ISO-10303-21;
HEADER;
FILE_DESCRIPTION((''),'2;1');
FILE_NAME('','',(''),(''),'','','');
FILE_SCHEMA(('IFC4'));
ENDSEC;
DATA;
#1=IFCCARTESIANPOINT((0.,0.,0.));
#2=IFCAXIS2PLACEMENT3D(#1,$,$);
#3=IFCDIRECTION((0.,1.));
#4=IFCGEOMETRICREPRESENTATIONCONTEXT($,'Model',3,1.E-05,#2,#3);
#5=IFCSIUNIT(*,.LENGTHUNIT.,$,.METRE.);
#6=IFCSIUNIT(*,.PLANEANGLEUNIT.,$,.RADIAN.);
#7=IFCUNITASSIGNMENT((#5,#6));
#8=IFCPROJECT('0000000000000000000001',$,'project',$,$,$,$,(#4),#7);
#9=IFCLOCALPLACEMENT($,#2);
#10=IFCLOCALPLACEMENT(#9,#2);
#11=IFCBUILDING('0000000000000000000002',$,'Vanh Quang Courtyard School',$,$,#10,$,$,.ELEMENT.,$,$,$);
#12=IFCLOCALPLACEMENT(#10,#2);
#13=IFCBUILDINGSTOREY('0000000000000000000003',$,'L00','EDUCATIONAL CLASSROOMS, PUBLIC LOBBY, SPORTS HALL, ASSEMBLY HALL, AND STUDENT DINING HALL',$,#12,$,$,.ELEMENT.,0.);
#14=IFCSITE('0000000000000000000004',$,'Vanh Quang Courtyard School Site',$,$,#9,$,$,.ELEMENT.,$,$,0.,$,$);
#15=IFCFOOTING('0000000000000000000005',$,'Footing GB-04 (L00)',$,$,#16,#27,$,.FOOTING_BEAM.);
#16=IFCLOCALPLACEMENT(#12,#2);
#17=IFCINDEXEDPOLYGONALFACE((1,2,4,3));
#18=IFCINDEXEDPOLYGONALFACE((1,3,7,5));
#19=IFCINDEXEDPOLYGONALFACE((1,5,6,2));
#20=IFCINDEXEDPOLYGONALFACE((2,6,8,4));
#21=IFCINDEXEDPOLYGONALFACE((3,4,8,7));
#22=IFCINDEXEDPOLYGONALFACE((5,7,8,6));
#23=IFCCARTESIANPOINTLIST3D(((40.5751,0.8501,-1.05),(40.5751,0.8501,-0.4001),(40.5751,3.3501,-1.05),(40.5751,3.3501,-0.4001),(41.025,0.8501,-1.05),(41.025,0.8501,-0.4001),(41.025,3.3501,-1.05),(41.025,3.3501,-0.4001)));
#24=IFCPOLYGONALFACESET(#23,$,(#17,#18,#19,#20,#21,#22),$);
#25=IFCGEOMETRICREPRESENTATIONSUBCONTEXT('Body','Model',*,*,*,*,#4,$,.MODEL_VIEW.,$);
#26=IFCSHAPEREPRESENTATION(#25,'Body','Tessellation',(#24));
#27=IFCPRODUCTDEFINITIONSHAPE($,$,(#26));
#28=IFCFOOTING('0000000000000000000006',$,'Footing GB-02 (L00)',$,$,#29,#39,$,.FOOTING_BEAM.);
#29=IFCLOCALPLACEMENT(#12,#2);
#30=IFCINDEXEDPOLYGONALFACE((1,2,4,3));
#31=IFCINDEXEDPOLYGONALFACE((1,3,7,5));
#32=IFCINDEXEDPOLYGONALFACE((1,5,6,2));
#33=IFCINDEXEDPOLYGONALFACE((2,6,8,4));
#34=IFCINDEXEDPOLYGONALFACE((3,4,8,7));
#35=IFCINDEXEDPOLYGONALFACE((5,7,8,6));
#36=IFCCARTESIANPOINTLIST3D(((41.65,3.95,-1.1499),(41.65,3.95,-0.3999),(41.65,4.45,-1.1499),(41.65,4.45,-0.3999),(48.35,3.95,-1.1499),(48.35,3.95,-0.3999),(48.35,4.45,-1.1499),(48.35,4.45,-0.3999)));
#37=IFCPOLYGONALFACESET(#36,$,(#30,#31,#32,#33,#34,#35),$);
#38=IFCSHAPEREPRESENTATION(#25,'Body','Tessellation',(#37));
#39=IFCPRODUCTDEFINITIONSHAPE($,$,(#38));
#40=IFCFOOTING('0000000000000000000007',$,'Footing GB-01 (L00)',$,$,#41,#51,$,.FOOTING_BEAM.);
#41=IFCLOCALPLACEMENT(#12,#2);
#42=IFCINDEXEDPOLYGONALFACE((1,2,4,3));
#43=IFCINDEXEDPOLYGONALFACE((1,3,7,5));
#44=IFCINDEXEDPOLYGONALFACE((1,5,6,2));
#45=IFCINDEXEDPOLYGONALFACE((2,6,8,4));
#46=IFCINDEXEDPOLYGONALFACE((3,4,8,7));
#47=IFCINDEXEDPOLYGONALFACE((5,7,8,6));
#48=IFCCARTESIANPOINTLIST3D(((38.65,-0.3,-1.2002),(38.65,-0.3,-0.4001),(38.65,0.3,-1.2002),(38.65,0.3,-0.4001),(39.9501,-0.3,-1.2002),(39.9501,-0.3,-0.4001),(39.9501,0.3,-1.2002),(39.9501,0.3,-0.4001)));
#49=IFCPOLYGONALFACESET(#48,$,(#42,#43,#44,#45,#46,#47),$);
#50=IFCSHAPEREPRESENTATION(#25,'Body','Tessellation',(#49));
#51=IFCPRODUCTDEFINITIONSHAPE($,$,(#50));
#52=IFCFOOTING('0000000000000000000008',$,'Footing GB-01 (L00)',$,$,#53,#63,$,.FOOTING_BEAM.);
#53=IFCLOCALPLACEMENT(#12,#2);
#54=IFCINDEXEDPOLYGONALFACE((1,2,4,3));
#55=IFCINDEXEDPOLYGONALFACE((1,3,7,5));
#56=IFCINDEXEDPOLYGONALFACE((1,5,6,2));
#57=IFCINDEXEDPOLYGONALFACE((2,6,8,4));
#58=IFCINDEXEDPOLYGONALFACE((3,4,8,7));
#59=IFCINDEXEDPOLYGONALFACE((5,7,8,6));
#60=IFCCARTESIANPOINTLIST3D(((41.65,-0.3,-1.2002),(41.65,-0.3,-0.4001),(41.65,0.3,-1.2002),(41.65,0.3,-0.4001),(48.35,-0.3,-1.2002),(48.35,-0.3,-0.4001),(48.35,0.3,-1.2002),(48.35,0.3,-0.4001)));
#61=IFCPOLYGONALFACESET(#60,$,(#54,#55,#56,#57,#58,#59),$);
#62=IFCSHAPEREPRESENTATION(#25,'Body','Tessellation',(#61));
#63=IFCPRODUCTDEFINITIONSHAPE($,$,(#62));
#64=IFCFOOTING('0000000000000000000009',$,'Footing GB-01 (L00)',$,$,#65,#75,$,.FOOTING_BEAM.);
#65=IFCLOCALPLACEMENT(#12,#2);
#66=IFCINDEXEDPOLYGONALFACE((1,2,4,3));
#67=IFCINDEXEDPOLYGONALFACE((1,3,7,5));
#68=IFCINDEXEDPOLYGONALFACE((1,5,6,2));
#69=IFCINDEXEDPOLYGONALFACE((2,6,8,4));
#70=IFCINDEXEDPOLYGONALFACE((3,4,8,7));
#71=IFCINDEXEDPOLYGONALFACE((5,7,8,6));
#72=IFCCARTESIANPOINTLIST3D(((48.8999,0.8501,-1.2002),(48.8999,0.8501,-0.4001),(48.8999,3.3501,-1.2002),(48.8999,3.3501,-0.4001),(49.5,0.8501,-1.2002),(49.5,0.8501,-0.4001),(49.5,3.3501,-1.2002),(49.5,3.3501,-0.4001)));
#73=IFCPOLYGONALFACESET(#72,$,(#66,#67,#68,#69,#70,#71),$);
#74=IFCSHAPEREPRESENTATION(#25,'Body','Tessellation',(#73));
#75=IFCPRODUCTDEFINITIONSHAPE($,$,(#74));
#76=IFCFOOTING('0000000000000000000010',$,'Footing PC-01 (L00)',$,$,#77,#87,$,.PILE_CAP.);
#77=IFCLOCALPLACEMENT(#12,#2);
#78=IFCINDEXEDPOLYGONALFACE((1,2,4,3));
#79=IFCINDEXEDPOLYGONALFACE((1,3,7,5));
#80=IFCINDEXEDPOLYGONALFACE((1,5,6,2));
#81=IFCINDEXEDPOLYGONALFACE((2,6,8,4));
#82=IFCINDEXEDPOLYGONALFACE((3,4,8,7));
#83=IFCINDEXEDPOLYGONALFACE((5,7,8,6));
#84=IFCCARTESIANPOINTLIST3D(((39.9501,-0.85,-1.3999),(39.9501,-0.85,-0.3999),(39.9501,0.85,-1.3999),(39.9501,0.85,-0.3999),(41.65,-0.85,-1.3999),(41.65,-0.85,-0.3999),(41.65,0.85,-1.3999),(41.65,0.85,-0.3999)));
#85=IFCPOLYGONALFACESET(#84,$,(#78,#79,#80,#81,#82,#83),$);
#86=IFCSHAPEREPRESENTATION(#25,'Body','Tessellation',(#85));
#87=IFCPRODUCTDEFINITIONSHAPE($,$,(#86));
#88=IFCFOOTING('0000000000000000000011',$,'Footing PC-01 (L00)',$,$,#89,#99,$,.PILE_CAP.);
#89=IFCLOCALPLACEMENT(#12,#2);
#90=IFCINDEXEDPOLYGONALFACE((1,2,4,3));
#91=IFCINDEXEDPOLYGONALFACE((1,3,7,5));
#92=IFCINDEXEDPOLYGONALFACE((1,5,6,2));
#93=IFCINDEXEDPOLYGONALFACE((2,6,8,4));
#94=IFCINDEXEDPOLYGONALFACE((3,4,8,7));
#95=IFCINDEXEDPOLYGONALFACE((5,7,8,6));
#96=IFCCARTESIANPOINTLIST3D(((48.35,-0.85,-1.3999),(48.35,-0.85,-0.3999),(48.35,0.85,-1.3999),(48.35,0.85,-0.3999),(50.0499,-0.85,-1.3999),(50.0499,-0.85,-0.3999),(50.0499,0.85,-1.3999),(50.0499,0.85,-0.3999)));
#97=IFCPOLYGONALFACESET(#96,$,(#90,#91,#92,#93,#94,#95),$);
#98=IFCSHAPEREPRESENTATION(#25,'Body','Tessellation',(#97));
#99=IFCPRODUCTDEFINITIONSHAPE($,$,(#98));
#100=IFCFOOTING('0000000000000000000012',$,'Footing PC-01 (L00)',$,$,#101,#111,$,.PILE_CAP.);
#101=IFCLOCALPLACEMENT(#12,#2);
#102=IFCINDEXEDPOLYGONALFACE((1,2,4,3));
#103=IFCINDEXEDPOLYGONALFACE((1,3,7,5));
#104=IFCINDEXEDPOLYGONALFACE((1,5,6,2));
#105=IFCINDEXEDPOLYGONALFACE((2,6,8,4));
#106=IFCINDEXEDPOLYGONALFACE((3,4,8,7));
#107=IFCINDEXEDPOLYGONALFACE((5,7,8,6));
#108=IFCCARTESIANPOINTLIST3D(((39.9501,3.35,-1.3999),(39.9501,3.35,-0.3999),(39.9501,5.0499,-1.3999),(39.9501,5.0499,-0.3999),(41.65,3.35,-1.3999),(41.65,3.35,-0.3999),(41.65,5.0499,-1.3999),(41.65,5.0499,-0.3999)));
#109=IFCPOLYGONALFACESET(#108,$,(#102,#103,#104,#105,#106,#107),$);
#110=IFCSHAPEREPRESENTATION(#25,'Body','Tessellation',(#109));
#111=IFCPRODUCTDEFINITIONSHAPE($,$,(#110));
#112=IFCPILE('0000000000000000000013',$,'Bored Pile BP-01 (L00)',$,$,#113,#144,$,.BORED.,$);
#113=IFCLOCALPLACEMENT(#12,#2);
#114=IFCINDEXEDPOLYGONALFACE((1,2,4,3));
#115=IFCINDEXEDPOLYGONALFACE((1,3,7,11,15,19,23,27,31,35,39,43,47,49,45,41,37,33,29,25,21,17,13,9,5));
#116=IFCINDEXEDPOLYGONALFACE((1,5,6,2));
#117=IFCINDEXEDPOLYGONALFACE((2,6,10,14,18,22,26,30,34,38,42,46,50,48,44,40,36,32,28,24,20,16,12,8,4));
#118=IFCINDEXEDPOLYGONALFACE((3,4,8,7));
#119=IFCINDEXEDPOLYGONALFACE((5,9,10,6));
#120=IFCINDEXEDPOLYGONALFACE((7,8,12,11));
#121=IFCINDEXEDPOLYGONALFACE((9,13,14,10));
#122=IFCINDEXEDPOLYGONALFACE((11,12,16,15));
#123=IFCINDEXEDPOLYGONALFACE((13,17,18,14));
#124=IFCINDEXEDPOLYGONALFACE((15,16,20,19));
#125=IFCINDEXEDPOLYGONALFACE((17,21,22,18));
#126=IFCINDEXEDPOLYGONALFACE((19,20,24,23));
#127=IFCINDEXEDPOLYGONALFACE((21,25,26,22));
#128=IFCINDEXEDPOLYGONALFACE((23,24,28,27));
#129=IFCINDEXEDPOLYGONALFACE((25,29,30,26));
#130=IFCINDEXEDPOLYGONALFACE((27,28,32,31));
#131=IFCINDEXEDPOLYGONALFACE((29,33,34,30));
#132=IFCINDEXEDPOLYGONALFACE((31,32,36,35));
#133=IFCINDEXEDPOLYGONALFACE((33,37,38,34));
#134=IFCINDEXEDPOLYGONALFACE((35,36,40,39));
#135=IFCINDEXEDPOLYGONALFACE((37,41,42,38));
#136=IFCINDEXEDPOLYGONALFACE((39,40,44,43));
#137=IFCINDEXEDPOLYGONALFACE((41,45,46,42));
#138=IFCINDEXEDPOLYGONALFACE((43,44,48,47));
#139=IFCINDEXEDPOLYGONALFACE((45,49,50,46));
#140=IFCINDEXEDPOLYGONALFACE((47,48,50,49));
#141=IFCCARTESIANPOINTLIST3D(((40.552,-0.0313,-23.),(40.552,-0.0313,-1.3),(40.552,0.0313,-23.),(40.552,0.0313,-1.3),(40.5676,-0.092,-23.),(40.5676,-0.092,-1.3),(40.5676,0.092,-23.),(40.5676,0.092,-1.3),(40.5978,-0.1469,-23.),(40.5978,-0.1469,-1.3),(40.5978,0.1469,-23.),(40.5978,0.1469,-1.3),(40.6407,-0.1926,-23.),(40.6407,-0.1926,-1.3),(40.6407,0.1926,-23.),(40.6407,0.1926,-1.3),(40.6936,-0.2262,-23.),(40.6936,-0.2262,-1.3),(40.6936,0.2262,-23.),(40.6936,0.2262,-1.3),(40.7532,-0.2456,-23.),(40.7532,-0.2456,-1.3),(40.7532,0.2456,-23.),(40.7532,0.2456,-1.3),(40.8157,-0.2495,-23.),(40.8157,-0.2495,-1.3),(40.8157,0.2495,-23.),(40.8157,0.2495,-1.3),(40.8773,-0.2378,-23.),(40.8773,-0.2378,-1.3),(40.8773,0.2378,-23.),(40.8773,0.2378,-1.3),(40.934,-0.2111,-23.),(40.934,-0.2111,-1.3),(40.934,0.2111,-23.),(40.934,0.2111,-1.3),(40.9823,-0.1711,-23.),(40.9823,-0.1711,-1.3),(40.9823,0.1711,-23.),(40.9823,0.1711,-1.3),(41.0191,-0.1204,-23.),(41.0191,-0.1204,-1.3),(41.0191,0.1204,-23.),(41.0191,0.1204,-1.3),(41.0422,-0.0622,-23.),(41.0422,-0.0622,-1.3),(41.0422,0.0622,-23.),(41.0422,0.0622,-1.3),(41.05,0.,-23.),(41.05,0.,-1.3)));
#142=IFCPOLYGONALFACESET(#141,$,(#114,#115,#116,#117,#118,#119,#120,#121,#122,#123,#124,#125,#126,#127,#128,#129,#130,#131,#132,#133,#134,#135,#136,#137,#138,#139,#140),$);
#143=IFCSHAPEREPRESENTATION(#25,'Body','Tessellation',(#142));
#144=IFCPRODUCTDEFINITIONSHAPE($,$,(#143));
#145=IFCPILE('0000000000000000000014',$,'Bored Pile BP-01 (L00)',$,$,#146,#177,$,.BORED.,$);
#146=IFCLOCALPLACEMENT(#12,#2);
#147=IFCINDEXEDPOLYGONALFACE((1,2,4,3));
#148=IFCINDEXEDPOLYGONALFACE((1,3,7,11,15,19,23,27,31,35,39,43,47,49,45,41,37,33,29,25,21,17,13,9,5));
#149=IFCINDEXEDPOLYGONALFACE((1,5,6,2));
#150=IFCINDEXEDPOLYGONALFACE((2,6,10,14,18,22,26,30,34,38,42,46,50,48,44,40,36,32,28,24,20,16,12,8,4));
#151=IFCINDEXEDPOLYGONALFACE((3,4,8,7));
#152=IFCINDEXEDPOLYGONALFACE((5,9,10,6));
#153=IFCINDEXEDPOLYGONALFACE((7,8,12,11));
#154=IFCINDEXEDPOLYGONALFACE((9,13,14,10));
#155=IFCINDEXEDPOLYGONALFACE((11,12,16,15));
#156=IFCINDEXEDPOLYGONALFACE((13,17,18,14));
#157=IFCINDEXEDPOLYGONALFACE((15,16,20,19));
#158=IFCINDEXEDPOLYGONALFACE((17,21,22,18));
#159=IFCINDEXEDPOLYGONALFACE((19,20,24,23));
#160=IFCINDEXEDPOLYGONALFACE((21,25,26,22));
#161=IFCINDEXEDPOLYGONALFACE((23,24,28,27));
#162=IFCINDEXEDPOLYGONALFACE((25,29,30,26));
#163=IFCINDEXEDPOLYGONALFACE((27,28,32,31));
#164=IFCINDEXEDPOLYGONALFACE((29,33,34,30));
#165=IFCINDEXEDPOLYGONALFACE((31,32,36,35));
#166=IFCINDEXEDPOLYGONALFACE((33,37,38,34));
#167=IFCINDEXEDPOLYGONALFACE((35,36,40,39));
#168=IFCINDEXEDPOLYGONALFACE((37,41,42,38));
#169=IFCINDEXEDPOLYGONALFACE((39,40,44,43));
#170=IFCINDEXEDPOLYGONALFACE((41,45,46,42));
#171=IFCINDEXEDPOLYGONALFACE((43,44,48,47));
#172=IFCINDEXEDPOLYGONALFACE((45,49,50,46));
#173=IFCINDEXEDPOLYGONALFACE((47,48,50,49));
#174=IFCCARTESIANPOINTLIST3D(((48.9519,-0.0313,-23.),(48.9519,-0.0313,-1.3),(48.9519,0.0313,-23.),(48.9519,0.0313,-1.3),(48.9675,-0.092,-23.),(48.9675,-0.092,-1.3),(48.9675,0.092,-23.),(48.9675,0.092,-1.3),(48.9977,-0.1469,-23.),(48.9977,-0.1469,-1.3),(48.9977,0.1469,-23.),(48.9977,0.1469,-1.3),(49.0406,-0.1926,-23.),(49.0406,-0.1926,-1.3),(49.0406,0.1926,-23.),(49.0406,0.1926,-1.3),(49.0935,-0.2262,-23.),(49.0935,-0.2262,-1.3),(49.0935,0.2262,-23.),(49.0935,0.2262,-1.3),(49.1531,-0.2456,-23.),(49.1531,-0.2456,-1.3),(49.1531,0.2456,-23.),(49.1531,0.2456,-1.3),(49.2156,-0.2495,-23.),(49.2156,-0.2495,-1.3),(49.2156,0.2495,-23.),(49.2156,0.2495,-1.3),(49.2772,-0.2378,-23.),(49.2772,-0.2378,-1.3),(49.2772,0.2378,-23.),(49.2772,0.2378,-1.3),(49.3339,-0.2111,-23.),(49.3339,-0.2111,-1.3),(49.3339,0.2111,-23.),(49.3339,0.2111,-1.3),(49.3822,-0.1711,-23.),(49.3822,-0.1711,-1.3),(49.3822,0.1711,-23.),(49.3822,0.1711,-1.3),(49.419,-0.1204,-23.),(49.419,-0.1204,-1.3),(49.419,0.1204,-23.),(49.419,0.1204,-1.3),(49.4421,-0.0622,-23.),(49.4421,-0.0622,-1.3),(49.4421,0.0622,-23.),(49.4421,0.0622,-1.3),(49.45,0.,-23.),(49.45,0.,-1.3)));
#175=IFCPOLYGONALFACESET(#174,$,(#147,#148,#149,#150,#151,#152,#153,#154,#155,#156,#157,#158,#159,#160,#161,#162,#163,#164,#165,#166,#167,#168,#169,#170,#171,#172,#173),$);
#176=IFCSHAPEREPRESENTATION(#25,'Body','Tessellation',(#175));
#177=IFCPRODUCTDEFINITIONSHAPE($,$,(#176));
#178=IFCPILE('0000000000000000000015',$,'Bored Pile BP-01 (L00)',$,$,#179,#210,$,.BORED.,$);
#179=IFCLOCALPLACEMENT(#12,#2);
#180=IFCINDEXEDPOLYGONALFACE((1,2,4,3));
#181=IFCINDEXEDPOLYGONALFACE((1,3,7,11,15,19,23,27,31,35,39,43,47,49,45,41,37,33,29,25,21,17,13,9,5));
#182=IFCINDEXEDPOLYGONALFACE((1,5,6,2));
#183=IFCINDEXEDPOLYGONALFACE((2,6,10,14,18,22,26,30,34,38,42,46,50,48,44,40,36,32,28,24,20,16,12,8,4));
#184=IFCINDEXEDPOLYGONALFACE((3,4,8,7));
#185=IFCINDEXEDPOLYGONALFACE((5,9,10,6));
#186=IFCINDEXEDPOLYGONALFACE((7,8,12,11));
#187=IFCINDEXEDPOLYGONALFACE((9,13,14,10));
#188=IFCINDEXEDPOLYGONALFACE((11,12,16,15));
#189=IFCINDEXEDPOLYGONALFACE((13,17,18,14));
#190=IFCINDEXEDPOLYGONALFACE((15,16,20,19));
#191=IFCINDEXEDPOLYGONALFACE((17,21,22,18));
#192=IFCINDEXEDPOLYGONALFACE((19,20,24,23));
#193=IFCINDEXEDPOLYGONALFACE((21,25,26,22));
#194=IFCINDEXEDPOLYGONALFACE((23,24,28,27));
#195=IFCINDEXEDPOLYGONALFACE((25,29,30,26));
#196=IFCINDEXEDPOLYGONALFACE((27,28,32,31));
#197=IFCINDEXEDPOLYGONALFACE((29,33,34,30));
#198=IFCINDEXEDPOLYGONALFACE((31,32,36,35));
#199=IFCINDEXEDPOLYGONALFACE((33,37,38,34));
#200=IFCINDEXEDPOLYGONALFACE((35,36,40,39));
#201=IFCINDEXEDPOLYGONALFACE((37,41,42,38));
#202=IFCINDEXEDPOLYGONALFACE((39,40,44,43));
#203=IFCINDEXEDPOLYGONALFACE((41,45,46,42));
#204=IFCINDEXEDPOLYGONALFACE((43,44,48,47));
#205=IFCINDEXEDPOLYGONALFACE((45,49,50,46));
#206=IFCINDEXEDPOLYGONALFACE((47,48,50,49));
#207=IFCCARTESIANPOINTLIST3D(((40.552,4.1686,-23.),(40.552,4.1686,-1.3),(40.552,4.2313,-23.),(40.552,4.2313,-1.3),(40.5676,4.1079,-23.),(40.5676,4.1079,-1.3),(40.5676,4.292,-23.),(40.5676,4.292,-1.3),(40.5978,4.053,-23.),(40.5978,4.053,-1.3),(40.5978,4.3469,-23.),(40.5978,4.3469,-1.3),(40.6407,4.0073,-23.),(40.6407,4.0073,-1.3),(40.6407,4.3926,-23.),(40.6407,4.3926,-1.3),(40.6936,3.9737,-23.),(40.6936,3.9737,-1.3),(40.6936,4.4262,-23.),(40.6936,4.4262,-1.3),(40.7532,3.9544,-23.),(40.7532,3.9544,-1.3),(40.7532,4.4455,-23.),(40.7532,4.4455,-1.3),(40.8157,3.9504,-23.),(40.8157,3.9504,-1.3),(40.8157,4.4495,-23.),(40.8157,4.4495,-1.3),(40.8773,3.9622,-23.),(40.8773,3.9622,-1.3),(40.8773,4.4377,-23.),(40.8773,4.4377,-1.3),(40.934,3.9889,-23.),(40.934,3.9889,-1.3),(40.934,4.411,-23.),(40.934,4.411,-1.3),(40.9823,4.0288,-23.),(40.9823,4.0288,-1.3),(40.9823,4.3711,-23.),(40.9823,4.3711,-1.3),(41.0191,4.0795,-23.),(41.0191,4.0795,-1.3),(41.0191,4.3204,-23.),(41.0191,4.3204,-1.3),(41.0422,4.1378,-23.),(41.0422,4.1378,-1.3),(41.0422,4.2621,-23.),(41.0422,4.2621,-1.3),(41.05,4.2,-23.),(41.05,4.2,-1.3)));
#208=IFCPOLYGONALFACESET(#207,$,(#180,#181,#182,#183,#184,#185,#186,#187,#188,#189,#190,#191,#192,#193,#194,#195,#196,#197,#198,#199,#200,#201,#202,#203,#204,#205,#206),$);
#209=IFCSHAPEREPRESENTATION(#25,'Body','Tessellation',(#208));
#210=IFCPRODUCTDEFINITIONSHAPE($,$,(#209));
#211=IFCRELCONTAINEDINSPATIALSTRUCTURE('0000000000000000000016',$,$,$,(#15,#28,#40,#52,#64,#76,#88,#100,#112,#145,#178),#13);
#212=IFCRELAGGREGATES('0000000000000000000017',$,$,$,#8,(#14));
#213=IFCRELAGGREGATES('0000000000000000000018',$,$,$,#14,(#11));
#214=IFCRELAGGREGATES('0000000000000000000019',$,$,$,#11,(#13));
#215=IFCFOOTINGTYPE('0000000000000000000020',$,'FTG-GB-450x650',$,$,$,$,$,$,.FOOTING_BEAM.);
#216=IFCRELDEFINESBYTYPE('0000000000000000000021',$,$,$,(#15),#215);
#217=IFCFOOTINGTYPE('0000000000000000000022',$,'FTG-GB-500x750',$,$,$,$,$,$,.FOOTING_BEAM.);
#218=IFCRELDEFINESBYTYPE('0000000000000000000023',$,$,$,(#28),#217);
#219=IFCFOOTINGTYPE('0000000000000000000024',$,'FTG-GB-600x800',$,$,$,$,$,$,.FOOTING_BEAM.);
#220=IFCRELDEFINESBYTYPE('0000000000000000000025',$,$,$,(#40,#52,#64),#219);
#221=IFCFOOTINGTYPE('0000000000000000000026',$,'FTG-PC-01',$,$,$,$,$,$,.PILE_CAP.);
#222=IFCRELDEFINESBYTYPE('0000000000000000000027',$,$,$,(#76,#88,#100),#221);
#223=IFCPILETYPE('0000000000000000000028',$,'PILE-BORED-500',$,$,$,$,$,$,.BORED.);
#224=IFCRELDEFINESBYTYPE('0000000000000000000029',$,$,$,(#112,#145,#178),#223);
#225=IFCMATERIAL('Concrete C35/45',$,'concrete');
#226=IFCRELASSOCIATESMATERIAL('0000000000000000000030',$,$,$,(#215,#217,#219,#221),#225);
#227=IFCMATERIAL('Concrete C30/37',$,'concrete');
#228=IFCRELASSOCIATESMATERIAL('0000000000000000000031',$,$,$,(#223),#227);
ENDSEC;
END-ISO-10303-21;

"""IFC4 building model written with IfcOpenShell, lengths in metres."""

from ifc_helpers import new_model, si_unit, direction, frame, origin, origin_2d, place, context, subcontext, project, spatial, rectangle, circle, extrude, material, material_profile, profile_set, type_object, element, save


model = new_model("IFC4")

# Units and contexts
model_context = context("Model", 3, precision=1e-05, world=origin(), true_north=direction((0.0, 1.0)))
body_context = subcontext(model_context, "Body", "Model", "MODEL_VIEW")
ifc_project = project(units=[si_unit("LENGTHUNIT", "METRE"), si_unit("PLANEANGLEUNIT", "RADIAN")], contexts=[model_context])

# Site, building, storey
site_placement = place(None, origin())
site = spatial("IfcSite", under=ifc_project, at=site_placement, Name="Vanh Quang Courtyard School Site", CompositionType="ELEMENT", RefElevation=0.0)
building_placement = place(site_placement, origin())
building = spatial("IfcBuilding", under=site, at=building_placement, Name="Vanh Quang Courtyard School", CompositionType="ELEMENT")
storey_placement = place(building_placement, origin())
storey = spatial("IfcBuildingStorey", under=building, at=storey_placement, Name="L00", Description="EDUCATIONAL CLASSROOMS, PUBLIC LOBBY, SPORTS HALL, ASSEMBLY HALL, AND STUDENT DINING HALL", CompositionType="ELEMENT", Elevation=0.0)

# Footings
ifc_material_1 = material(Name="Concrete C35/45", Category="concrete")
footing_type_1 = type_object("IfcFootingType", Name="FTG-GB-450x650", PredefinedType="FOOTING_BEAM", material=ifc_material_1)
footing_1_placement = place(storey_placement, frame((40.8, 2.1001, -1.05), z_axis=(0.0, 0.0, 1.0), x_axis=(0.0, 1.0, 0.0)))
element("IfcFooting", 1, at=footing_1_placement, inside=storey, type_object=footing_type_1, Name="Footing GB-04 (L00)", PredefinedType="FOOTING_BEAM", context=body_context, shape_type="SweptSolid", body=[
    extrude(rectangle(XDim=2.5, YDim=0.45, at=origin_2d()), origin(), (0.0, 0.0, 1.0), 0.6499),
])
footing_type_2 = type_object("IfcFootingType", Name="FTG-GB-500x750", PredefinedType="FOOTING_BEAM", material=ifc_material_1)
footing_2_placement = place(storey_placement, frame((45.0, 4.2, -1.1499), z_axis=(0.0, 0.0, 1.0), x_axis=(1.0, 0.0, 0.0)))
element("IfcFooting", 2, at=footing_2_placement, inside=storey, type_object=footing_type_2, Name="Footing GB-02 (L00)", PredefinedType="FOOTING_BEAM", context=body_context, shape_type="SweptSolid", body=[
    extrude(rectangle(XDim=6.7, YDim=0.5, at=origin_2d()), origin(), (0.0, 0.0, 1.0), 0.75),
])
footing_type_3 = type_object("IfcFootingType", Name="FTG-GB-600x800", PredefinedType="FOOTING_BEAM", material=ifc_material_1)
footing_3_placement = place(storey_placement, frame((39.3, 0.0, -1.2002), z_axis=(0.0, 0.0, 1.0), x_axis=(1.0, 0.0, 0.0)))
element("IfcFooting", 3, at=footing_3_placement, inside=storey, type_object=footing_type_3, Name="Footing GB-01 (L00)", PredefinedType="FOOTING_BEAM", context=body_context, shape_type="SweptSolid", body=[
    extrude(rectangle(XDim=1.3, YDim=0.6001, at=origin_2d()), origin(), (0.0, 0.0, 1.0), 0.8),
])
footing_4_placement = place(storey_placement, frame((45.0, 0.0, -1.2002), z_axis=(0.0, 0.0, 1.0), x_axis=(1.0, 0.0, 0.0)))
element("IfcFooting", 4, at=footing_4_placement, inside=storey, type_object=footing_type_3, Name="Footing GB-01 (L00)", PredefinedType="FOOTING_BEAM", context=body_context, shape_type="SweptSolid", body=[
    extrude(rectangle(XDim=6.7, YDim=0.6001, at=origin_2d()), origin(), (0.0, 0.0, 1.0), 0.8),
])
footing_5_placement = place(storey_placement, frame((49.2, 2.1001, -1.2002), z_axis=(0.0, 0.0, 1.0), x_axis=(0.0, 1.0, 0.0)))
element("IfcFooting", 5, at=footing_5_placement, inside=storey, type_object=footing_type_3, Name="Footing GB-01 (L00)", PredefinedType="FOOTING_BEAM", context=body_context, shape_type="SweptSolid", body=[
    extrude(rectangle(XDim=2.5, YDim=0.6001, at=origin_2d()), origin(), (0.0, 0.0, 1.0), 0.8),
])
footing_type_4 = type_object("IfcFootingType", Name="FTG-PC-01", PredefinedType="PILE_CAP", material=ifc_material_1)
for number, where, z_axis, x_axis, name in (
    (6, (40.8, 0.0, -1.3999), (0.0, 0.0, 1.0), (1.0, 0.0, 0.0), "Footing PC-01 (L00)"),
    (7, (49.2, 0.0, -1.3999), (0.0, 0.0, 1.0), (1.0, 0.0, 0.0), "Footing PC-01 (L00)"),
    (8, (40.8, 4.2, -1.3999), (0.0, 0.0, 1.0), (1.0, 0.0, 0.0), "Footing PC-01 (L00)"),
):
    element("IfcFooting", number, at=place(storey_placement, frame(where, z_axis=z_axis, x_axis=x_axis)), inside=storey, type_object=footing_type_4, Name=name, PredefinedType="PILE_CAP", context=body_context, shape_type="SweptSolid", body=[
        extrude(rectangle(XDim=1.7, YDim=1.7, at=origin_2d()), origin(), (0.0, 0.0, 1.0), 1.0),
    ])

# Piles
ifc_material_2 = material(Name="Concrete C30/37", Category="concrete")
ifc_material_profile_1 = material_profile(ifc_material_2, circle(Radius=0.25, at=origin_2d()), Name="PILE D500")
ifc_profile_set_1 = profile_set([ifc_material_profile_1], Name="Concrete C30/37")
pile_type = type_object("IfcPileType", Name="PILE-BORED-500", PredefinedType="BORED", material=ifc_profile_set_1)
for number, where, z_axis, x_axis, name in (
    (9, (40.8, 0.0, -1.3), (0.0, 0.0, -1.0), (1.0, 0.0, 0.0), "Bored Pile BP-01 (L00)"),
    (10, (49.2, 0.0, -1.3), (0.0, 0.0, -1.0), (1.0, 0.0, 0.0), "Bored Pile BP-01 (L00)"),
    (11, (40.8, 4.2, -1.3), (0.0, 0.0, -1.0), (1.0, 0.0, 0.0), "Bored Pile BP-01 (L00)"),
):
    element("IfcPile", number, at=place(storey_placement, frame(where, z_axis=z_axis, x_axis=x_axis)), inside=storey, type_object=pile_type, Name=name, PredefinedType="BORED", context=body_context, shape_type="SweptSolid", body=[
        extrude(circle(Radius=0.25, at=origin_2d()), origin(), (0.0, 0.0, 1.0), 21.7),
    ])

save(model, "model.ifc")
